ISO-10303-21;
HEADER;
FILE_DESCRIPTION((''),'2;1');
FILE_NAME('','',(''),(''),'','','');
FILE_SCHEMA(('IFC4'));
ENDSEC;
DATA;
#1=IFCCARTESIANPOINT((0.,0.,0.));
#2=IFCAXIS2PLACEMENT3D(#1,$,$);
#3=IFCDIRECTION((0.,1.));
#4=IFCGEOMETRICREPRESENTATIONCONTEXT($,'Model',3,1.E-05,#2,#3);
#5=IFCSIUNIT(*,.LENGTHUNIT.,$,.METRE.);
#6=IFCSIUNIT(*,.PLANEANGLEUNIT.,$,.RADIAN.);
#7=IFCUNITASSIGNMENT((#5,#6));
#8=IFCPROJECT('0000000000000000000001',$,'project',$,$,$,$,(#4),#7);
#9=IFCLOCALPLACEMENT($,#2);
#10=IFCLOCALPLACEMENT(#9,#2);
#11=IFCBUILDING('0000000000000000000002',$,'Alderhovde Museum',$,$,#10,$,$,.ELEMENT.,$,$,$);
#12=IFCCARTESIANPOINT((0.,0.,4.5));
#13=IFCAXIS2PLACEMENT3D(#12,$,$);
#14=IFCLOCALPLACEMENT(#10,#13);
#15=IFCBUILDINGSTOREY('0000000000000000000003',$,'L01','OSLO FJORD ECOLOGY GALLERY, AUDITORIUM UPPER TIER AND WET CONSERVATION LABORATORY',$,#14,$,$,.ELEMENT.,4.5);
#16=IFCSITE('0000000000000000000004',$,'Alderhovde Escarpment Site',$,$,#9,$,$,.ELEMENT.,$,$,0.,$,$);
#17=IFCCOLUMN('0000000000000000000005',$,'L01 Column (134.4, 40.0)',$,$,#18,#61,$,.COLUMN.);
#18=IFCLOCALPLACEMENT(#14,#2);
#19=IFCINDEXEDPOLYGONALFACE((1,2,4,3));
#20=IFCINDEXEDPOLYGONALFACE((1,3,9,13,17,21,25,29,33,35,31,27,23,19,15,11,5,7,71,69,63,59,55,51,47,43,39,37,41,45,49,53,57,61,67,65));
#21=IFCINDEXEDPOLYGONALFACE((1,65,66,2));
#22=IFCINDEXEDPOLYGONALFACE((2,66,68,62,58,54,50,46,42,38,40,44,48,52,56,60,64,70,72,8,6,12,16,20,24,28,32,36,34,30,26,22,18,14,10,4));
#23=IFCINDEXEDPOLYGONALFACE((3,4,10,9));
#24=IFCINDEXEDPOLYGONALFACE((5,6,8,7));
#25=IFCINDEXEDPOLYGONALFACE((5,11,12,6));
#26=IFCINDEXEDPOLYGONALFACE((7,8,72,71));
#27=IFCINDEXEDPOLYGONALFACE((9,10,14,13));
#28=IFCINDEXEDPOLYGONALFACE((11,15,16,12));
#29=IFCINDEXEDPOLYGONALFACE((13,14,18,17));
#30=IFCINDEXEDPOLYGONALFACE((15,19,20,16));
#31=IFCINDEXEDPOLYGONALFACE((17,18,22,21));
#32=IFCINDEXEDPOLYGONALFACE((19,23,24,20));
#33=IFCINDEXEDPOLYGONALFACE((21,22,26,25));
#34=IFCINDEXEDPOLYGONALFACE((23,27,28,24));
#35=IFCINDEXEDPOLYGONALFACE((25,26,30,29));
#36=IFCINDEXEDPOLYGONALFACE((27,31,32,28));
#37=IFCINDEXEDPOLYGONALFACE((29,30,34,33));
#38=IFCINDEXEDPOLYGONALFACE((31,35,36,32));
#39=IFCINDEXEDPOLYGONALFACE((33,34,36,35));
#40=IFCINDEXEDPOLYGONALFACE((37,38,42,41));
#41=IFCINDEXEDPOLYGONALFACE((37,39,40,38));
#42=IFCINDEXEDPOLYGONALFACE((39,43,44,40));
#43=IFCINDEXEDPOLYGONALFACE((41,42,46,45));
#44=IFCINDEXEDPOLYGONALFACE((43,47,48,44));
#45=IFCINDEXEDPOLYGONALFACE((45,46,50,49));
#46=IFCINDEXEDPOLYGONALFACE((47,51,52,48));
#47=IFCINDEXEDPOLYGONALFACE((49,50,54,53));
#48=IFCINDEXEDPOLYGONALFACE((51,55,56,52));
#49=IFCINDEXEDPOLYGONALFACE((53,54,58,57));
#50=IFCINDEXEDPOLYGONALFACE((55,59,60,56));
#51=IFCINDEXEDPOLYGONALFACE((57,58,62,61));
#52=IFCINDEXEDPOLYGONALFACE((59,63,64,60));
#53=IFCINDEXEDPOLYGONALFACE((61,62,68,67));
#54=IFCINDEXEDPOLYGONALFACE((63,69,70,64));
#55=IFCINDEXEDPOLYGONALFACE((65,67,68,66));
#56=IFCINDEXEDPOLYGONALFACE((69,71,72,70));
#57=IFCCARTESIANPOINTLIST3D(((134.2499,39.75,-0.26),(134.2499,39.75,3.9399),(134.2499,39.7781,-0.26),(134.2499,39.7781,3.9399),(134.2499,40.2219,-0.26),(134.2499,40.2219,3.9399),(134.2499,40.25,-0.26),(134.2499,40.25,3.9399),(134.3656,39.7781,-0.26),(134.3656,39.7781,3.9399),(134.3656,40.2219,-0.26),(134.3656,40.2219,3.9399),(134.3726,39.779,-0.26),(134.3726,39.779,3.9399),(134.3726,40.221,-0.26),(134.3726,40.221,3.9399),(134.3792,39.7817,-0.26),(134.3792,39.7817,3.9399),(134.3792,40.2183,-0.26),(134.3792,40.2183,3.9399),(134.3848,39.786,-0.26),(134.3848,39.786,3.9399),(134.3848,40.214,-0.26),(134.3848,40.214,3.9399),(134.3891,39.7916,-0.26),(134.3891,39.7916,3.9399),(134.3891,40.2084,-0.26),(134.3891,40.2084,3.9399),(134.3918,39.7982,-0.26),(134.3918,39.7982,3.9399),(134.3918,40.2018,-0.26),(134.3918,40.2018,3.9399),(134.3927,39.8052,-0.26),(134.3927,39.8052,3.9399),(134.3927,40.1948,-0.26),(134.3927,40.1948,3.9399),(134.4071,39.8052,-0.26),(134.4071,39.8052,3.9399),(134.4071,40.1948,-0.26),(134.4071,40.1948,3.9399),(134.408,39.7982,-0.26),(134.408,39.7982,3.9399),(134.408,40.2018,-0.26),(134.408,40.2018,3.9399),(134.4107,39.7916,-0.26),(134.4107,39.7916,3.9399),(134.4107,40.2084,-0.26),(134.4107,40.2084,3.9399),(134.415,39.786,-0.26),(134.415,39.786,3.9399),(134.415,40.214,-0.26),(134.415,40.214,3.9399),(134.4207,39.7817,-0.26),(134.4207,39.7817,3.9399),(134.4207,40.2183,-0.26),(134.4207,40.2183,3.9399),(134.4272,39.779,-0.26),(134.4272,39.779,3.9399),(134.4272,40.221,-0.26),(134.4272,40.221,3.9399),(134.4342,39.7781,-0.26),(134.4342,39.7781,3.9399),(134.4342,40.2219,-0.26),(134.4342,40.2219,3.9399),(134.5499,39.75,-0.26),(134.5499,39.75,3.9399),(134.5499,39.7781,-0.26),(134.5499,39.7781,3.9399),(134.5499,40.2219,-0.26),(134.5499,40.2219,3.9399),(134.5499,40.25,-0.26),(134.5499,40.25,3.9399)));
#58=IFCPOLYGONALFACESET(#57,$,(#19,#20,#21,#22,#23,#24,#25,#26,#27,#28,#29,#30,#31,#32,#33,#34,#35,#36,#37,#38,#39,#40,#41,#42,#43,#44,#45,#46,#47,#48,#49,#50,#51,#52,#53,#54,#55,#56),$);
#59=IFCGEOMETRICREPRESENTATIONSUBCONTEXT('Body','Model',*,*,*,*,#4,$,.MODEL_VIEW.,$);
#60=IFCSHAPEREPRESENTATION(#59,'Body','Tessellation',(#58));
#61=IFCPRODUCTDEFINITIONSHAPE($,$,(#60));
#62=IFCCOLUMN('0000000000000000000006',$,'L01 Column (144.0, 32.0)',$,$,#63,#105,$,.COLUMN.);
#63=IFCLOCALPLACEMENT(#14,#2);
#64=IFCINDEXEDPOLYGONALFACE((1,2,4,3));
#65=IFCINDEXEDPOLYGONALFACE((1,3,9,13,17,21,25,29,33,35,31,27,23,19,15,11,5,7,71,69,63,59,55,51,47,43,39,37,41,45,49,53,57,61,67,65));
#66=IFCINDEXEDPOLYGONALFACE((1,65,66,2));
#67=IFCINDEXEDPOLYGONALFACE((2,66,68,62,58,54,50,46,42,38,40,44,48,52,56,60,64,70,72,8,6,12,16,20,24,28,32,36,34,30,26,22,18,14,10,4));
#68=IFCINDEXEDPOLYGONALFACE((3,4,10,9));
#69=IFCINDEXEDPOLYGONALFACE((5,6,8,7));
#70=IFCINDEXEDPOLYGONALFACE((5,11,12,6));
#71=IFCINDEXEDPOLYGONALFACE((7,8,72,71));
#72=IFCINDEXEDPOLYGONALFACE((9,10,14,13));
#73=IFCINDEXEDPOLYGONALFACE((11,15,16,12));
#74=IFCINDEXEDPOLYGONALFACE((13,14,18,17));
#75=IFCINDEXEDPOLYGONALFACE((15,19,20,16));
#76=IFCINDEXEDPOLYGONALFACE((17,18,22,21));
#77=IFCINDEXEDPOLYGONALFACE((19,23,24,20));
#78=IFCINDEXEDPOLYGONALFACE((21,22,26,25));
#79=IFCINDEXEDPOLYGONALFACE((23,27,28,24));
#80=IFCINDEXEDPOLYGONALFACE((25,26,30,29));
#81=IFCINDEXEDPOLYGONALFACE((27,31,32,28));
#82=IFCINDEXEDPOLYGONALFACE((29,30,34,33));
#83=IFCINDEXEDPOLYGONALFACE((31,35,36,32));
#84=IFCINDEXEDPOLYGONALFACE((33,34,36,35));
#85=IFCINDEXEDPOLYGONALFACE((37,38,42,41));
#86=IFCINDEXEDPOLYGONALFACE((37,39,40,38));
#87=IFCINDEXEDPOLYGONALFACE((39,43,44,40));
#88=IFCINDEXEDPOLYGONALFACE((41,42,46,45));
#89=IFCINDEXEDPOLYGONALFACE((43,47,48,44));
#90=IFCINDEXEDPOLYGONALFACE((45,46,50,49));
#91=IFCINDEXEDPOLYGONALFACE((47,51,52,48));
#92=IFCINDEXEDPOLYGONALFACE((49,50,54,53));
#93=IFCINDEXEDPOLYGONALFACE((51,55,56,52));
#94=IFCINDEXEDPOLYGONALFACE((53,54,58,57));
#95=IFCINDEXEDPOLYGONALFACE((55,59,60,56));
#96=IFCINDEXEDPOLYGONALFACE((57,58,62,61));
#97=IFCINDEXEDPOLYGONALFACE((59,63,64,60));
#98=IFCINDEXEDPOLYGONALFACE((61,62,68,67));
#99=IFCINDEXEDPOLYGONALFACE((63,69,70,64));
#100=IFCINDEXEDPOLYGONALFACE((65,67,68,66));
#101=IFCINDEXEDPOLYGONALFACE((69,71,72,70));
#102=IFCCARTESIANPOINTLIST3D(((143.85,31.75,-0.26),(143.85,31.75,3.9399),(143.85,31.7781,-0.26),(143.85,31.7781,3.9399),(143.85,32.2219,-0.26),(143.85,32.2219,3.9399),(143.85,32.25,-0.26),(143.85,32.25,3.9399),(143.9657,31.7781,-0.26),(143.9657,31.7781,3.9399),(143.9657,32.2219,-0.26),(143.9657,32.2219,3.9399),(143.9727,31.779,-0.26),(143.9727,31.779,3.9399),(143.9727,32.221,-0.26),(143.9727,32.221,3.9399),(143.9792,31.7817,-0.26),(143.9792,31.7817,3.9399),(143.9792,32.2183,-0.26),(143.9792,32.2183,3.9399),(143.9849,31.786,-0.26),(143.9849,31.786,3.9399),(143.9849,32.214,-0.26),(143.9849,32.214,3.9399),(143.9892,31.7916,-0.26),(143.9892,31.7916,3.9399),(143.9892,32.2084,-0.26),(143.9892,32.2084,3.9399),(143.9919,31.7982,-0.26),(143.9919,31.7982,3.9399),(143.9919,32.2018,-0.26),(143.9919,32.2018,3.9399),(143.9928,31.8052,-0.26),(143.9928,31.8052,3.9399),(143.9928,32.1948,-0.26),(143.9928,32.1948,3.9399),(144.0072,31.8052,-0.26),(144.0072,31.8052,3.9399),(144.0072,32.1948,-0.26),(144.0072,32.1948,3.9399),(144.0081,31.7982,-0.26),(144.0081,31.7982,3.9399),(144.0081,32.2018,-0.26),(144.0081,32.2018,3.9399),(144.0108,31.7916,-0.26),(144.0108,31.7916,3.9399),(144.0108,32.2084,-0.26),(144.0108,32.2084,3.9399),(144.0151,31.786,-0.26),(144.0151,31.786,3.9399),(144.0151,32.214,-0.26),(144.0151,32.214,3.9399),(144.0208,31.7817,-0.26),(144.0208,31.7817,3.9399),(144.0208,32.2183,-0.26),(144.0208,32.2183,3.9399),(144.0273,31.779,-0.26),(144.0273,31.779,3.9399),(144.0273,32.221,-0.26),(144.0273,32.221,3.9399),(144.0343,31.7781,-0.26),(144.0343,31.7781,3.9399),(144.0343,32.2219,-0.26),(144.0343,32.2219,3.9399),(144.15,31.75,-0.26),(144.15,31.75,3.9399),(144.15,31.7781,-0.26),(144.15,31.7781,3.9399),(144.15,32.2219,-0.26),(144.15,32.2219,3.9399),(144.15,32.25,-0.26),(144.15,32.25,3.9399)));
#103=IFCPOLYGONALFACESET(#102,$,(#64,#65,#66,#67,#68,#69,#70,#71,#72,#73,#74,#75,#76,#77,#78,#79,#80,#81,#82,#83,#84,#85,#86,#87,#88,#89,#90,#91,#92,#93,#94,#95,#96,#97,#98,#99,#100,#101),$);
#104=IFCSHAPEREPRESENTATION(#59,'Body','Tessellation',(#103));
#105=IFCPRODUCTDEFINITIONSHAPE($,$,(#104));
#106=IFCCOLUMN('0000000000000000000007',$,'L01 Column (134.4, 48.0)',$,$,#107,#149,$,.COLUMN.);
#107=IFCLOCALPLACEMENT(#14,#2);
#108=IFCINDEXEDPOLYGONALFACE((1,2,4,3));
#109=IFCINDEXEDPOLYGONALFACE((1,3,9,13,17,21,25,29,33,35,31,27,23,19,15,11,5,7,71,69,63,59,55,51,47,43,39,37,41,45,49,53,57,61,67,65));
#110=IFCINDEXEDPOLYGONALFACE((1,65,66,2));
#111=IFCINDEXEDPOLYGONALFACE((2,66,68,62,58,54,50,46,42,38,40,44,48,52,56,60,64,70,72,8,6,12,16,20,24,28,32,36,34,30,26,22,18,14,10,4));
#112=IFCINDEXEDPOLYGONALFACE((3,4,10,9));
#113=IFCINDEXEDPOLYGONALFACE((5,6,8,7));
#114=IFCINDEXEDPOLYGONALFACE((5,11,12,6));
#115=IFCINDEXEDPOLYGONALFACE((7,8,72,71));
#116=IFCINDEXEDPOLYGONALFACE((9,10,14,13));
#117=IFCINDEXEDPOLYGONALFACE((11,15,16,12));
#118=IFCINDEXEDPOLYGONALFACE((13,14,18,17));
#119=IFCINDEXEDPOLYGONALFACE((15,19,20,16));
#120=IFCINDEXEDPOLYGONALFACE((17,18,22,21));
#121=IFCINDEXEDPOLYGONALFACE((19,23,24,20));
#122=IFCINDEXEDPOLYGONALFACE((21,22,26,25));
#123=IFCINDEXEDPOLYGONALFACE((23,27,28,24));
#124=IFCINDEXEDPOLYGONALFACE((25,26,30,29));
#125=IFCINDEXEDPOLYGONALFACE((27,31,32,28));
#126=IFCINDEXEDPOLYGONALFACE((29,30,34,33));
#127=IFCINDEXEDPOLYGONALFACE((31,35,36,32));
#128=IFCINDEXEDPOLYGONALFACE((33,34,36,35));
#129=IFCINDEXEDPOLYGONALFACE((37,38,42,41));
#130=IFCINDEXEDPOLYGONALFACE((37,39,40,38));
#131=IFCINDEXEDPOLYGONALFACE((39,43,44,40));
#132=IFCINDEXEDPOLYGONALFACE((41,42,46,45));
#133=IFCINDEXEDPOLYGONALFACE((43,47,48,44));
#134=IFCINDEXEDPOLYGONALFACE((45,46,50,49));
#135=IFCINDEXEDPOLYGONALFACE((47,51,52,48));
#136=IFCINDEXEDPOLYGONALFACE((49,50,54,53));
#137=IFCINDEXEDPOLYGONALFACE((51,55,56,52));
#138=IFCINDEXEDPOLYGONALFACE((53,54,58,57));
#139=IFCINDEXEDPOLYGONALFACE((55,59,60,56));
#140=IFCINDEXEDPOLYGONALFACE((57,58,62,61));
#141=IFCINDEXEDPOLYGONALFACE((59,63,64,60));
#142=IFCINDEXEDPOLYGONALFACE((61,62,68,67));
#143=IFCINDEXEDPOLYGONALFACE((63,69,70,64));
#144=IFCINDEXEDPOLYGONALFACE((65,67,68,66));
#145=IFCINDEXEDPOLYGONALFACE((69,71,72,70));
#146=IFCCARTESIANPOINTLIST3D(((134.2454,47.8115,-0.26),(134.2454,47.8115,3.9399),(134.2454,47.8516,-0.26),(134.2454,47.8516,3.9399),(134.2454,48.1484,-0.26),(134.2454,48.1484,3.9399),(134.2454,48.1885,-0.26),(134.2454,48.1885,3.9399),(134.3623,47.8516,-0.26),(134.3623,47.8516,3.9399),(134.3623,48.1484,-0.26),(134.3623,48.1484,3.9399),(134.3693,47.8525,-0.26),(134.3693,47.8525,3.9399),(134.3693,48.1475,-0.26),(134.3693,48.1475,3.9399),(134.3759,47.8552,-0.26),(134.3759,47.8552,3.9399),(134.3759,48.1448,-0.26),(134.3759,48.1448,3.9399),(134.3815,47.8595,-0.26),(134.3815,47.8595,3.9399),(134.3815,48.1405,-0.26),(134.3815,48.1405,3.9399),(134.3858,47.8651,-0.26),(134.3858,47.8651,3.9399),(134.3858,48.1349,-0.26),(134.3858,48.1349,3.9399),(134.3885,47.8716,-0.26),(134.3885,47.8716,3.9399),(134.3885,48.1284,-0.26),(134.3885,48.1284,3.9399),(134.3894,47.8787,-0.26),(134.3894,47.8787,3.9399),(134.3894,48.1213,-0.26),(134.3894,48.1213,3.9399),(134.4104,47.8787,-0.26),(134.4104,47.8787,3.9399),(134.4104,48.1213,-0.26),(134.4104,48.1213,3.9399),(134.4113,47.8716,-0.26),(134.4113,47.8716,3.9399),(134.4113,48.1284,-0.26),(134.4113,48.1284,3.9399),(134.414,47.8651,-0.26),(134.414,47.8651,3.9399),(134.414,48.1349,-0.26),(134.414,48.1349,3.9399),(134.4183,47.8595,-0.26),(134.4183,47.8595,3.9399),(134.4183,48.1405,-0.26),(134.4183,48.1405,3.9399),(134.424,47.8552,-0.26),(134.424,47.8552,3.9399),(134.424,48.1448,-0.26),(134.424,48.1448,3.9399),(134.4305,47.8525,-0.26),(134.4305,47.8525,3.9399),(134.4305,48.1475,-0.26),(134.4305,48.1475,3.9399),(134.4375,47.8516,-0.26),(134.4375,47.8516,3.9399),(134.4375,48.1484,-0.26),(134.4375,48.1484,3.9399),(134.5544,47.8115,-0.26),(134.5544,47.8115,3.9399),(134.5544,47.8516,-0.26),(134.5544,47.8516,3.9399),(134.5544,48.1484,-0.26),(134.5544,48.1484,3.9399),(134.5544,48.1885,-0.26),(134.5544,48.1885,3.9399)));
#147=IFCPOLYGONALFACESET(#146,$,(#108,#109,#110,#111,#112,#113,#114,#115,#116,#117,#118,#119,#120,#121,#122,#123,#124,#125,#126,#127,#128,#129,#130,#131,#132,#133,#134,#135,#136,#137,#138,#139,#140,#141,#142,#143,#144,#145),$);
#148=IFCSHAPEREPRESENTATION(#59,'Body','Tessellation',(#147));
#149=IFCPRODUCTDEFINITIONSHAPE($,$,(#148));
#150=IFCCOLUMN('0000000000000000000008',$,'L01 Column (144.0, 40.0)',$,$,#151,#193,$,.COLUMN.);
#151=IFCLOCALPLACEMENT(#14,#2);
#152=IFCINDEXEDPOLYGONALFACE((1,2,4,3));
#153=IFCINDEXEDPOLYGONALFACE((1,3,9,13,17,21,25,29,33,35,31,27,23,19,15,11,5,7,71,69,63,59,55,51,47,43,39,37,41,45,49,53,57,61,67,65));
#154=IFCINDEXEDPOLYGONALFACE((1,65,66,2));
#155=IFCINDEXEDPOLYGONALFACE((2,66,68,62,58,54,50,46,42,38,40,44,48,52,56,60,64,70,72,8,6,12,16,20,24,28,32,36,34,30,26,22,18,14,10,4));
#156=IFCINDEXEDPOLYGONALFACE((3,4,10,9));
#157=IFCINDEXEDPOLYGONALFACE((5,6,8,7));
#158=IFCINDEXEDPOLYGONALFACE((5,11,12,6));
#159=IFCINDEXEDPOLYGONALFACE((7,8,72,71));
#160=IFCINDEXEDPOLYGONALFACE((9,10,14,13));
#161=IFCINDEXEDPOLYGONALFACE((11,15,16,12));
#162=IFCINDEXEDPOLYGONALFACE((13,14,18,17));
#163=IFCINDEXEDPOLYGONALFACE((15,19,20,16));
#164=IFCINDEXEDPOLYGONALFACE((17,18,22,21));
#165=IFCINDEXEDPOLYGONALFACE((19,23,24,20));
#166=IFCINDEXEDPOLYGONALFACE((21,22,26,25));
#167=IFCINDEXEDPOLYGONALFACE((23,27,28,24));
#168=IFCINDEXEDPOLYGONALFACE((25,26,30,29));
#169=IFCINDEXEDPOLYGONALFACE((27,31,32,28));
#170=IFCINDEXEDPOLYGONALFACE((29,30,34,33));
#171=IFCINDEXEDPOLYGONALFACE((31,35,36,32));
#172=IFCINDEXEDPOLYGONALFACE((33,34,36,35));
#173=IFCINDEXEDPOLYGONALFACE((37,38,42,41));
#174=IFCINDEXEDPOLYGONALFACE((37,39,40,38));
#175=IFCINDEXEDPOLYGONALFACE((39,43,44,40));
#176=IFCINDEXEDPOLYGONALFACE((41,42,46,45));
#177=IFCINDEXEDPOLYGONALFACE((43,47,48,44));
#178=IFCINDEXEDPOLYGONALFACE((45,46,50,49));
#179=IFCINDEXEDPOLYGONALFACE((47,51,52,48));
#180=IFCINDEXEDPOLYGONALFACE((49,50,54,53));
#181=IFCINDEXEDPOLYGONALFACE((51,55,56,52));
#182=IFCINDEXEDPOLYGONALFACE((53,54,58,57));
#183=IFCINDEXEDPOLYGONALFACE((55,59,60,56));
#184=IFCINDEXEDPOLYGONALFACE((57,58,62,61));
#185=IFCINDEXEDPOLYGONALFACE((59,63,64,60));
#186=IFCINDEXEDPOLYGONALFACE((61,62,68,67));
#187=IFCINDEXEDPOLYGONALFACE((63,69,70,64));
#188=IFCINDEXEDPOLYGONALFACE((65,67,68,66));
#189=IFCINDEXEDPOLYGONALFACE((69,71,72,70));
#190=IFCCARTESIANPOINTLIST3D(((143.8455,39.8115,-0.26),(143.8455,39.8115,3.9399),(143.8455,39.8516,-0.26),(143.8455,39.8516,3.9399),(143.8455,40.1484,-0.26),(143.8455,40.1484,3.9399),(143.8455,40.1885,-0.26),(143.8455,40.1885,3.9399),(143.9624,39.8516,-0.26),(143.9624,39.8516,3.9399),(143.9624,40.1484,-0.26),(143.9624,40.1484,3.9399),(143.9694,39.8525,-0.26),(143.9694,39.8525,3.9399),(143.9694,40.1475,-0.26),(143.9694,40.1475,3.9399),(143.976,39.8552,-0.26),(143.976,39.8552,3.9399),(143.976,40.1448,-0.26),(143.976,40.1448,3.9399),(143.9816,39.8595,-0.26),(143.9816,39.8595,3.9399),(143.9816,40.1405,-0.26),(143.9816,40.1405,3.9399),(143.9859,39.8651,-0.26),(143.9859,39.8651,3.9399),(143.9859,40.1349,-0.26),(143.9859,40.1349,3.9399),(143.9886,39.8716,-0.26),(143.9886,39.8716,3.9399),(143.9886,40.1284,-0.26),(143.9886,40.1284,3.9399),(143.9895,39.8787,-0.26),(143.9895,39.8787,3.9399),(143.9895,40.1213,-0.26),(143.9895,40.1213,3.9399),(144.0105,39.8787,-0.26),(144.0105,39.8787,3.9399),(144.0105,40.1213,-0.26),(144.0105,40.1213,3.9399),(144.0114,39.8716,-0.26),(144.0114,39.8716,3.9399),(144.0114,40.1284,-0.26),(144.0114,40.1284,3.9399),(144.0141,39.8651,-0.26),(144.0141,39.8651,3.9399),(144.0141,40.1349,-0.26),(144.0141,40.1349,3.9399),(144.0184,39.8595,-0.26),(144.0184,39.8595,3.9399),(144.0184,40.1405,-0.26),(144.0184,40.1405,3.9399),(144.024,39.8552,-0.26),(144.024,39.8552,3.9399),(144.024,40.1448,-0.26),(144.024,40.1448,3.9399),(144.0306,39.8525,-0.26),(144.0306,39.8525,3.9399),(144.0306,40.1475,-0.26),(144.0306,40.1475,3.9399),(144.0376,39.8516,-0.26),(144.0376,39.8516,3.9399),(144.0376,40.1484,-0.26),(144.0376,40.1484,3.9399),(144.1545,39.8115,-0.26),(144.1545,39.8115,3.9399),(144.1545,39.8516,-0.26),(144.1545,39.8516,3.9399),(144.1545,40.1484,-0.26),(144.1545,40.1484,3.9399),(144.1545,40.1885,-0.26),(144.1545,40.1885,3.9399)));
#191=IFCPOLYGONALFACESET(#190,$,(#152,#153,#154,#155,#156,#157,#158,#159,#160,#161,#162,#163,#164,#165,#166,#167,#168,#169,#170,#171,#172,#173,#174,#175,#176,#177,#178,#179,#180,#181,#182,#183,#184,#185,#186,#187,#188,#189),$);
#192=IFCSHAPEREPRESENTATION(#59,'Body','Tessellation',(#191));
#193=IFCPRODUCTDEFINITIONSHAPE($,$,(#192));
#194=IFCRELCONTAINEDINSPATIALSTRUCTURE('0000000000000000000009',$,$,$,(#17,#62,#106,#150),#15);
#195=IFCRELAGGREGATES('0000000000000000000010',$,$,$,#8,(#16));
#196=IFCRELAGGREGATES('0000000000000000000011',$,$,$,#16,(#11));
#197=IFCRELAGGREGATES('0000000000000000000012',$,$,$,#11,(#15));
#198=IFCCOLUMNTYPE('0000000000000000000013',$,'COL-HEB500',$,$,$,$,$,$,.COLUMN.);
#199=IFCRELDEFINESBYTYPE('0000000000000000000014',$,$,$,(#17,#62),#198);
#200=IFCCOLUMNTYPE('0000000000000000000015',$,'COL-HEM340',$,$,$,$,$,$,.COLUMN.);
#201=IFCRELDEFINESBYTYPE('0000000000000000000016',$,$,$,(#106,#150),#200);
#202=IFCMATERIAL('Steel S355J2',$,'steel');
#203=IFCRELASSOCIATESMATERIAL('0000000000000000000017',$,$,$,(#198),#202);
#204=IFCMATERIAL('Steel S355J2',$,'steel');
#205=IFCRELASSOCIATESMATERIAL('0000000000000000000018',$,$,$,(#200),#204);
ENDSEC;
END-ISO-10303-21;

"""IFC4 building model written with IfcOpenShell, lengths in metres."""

from ifc_helpers import new_model, si_unit, direction, frame, origin, origin_2d, place, context, subcontext, project, spatial, i_section, extrude, material, material_profile, profile_set, type_object, element, save


model = new_model("IFC4")

# Units and contexts
model_context = context("Model", 3, precision=1e-05, world=origin(), true_north=direction((0.0, 1.0)))
body_context = subcontext(model_context, "Body", "Model", "MODEL_VIEW")
ifc_project = project(units=[si_unit("LENGTHUNIT", "METRE"), si_unit("PLANEANGLEUNIT", "RADIAN")], contexts=[model_context])

# Site, building, storey
site_placement = place(None, origin())
site = spatial("IfcSite", under=ifc_project, at=site_placement, Name="Alderhovde Escarpment Site", CompositionType="ELEMENT", RefElevation=0.0)
building_placement = place(site_placement, origin())
building = spatial("IfcBuilding", under=site, at=building_placement, Name="Alderhovde Museum", CompositionType="ELEMENT")
storey_placement = place(building_placement, frame((0.0, 0.0, 4.5)))
storey = spatial("IfcBuildingStorey", under=building, at=storey_placement, Name="L01", Description="OSLO FJORD ECOLOGY GALLERY, AUDITORIUM UPPER TIER AND WET CONSERVATION LABORATORY", CompositionType="ELEMENT", Elevation=4.5)

# Columns
ifc_material_1 = material(Name="Steel S355J2", Category="steel")
ifc_material_profile_1 = material_profile(ifc_material_1, i_section(OverallWidth=0.3, OverallDepth=0.5, WebThickness=0.0144, FlangeThickness=0.0281, FilletRadius=0.0271, at=origin_2d()), Name="HEB 500")
ifc_profile_set_1 = profile_set([ifc_material_profile_1], Name="Steel S355J2")
column_type_1 = type_object("IfcColumnType", Name="COL-HEB500", PredefinedType="COLUMN", material=ifc_profile_set_1)
for number, where, z_axis, x_axis, name in (
    (1, (134.3999, 40.0, -0.26), (0.0, 0.0, 1.0), (1.0, 0.0, 0.0), "L01 Column (134.4, 40.0)"),
    (2, (144.0, 32.0, -0.26), (0.0, 0.0, 1.0), (1.0, 0.0, 0.0), "L01 Column (144.0, 32.0)"),
):
    element("IfcColumn", number, at=place(storey_placement, frame(where, z_axis=z_axis, x_axis=x_axis)), inside=storey, type_object=column_type_1, Name=name, PredefinedType="COLUMN", context=body_context, shape_type="SweptSolid", body=[
        extrude(i_section(OverallWidth=0.3, OverallDepth=0.5, WebThickness=0.0144, FlangeThickness=0.0281, FilletRadius=0.0271, at=origin_2d()), origin(), (0.0, 0.0, 1.0), 4.2),
    ])
ifc_material_2 = material(Name="Steel S355J2", Category="steel")
ifc_material_profile_2 = material_profile(ifc_material_2, i_section(OverallWidth=0.3091, OverallDepth=0.377, WebThickness=0.021, FlangeThickness=0.04, FilletRadius=0.0271, at=origin_2d()), Name="HEM 340")
ifc_profile_set_2 = profile_set([ifc_material_profile_2], Name="Steel S355J2")
column_type_2 = type_object("IfcColumnType", Name="COL-HEM340", PredefinedType="COLUMN", material=ifc_profile_set_2)
for number, where, z_axis, x_axis, name in (
    (3, (134.3999, 48.0, -0.26), (0.0, 0.0, 1.0), (1.0, 0.0, 0.0), "L01 Column (134.4, 48.0)"),
    (4, (144.0, 40.0, -0.26), (0.0, 0.0, 1.0), (1.0, 0.0, 0.0), "L01 Column (144.0, 40.0)"),
):
    element("IfcColumn", number, at=place(storey_placement, frame(where, z_axis=z_axis, x_axis=x_axis)), inside=storey, type_object=column_type_2, Name=name, PredefinedType="COLUMN", context=body_context, shape_type="SweptSolid", body=[
        extrude(i_section(OverallWidth=0.3091, OverallDepth=0.377, WebThickness=0.021, FlangeThickness=0.04, FilletRadius=0.0271, at=origin_2d()), origin(), (0.0, 0.0, 1.0), 4.2),
    ])

save(model, "model.ifc")
